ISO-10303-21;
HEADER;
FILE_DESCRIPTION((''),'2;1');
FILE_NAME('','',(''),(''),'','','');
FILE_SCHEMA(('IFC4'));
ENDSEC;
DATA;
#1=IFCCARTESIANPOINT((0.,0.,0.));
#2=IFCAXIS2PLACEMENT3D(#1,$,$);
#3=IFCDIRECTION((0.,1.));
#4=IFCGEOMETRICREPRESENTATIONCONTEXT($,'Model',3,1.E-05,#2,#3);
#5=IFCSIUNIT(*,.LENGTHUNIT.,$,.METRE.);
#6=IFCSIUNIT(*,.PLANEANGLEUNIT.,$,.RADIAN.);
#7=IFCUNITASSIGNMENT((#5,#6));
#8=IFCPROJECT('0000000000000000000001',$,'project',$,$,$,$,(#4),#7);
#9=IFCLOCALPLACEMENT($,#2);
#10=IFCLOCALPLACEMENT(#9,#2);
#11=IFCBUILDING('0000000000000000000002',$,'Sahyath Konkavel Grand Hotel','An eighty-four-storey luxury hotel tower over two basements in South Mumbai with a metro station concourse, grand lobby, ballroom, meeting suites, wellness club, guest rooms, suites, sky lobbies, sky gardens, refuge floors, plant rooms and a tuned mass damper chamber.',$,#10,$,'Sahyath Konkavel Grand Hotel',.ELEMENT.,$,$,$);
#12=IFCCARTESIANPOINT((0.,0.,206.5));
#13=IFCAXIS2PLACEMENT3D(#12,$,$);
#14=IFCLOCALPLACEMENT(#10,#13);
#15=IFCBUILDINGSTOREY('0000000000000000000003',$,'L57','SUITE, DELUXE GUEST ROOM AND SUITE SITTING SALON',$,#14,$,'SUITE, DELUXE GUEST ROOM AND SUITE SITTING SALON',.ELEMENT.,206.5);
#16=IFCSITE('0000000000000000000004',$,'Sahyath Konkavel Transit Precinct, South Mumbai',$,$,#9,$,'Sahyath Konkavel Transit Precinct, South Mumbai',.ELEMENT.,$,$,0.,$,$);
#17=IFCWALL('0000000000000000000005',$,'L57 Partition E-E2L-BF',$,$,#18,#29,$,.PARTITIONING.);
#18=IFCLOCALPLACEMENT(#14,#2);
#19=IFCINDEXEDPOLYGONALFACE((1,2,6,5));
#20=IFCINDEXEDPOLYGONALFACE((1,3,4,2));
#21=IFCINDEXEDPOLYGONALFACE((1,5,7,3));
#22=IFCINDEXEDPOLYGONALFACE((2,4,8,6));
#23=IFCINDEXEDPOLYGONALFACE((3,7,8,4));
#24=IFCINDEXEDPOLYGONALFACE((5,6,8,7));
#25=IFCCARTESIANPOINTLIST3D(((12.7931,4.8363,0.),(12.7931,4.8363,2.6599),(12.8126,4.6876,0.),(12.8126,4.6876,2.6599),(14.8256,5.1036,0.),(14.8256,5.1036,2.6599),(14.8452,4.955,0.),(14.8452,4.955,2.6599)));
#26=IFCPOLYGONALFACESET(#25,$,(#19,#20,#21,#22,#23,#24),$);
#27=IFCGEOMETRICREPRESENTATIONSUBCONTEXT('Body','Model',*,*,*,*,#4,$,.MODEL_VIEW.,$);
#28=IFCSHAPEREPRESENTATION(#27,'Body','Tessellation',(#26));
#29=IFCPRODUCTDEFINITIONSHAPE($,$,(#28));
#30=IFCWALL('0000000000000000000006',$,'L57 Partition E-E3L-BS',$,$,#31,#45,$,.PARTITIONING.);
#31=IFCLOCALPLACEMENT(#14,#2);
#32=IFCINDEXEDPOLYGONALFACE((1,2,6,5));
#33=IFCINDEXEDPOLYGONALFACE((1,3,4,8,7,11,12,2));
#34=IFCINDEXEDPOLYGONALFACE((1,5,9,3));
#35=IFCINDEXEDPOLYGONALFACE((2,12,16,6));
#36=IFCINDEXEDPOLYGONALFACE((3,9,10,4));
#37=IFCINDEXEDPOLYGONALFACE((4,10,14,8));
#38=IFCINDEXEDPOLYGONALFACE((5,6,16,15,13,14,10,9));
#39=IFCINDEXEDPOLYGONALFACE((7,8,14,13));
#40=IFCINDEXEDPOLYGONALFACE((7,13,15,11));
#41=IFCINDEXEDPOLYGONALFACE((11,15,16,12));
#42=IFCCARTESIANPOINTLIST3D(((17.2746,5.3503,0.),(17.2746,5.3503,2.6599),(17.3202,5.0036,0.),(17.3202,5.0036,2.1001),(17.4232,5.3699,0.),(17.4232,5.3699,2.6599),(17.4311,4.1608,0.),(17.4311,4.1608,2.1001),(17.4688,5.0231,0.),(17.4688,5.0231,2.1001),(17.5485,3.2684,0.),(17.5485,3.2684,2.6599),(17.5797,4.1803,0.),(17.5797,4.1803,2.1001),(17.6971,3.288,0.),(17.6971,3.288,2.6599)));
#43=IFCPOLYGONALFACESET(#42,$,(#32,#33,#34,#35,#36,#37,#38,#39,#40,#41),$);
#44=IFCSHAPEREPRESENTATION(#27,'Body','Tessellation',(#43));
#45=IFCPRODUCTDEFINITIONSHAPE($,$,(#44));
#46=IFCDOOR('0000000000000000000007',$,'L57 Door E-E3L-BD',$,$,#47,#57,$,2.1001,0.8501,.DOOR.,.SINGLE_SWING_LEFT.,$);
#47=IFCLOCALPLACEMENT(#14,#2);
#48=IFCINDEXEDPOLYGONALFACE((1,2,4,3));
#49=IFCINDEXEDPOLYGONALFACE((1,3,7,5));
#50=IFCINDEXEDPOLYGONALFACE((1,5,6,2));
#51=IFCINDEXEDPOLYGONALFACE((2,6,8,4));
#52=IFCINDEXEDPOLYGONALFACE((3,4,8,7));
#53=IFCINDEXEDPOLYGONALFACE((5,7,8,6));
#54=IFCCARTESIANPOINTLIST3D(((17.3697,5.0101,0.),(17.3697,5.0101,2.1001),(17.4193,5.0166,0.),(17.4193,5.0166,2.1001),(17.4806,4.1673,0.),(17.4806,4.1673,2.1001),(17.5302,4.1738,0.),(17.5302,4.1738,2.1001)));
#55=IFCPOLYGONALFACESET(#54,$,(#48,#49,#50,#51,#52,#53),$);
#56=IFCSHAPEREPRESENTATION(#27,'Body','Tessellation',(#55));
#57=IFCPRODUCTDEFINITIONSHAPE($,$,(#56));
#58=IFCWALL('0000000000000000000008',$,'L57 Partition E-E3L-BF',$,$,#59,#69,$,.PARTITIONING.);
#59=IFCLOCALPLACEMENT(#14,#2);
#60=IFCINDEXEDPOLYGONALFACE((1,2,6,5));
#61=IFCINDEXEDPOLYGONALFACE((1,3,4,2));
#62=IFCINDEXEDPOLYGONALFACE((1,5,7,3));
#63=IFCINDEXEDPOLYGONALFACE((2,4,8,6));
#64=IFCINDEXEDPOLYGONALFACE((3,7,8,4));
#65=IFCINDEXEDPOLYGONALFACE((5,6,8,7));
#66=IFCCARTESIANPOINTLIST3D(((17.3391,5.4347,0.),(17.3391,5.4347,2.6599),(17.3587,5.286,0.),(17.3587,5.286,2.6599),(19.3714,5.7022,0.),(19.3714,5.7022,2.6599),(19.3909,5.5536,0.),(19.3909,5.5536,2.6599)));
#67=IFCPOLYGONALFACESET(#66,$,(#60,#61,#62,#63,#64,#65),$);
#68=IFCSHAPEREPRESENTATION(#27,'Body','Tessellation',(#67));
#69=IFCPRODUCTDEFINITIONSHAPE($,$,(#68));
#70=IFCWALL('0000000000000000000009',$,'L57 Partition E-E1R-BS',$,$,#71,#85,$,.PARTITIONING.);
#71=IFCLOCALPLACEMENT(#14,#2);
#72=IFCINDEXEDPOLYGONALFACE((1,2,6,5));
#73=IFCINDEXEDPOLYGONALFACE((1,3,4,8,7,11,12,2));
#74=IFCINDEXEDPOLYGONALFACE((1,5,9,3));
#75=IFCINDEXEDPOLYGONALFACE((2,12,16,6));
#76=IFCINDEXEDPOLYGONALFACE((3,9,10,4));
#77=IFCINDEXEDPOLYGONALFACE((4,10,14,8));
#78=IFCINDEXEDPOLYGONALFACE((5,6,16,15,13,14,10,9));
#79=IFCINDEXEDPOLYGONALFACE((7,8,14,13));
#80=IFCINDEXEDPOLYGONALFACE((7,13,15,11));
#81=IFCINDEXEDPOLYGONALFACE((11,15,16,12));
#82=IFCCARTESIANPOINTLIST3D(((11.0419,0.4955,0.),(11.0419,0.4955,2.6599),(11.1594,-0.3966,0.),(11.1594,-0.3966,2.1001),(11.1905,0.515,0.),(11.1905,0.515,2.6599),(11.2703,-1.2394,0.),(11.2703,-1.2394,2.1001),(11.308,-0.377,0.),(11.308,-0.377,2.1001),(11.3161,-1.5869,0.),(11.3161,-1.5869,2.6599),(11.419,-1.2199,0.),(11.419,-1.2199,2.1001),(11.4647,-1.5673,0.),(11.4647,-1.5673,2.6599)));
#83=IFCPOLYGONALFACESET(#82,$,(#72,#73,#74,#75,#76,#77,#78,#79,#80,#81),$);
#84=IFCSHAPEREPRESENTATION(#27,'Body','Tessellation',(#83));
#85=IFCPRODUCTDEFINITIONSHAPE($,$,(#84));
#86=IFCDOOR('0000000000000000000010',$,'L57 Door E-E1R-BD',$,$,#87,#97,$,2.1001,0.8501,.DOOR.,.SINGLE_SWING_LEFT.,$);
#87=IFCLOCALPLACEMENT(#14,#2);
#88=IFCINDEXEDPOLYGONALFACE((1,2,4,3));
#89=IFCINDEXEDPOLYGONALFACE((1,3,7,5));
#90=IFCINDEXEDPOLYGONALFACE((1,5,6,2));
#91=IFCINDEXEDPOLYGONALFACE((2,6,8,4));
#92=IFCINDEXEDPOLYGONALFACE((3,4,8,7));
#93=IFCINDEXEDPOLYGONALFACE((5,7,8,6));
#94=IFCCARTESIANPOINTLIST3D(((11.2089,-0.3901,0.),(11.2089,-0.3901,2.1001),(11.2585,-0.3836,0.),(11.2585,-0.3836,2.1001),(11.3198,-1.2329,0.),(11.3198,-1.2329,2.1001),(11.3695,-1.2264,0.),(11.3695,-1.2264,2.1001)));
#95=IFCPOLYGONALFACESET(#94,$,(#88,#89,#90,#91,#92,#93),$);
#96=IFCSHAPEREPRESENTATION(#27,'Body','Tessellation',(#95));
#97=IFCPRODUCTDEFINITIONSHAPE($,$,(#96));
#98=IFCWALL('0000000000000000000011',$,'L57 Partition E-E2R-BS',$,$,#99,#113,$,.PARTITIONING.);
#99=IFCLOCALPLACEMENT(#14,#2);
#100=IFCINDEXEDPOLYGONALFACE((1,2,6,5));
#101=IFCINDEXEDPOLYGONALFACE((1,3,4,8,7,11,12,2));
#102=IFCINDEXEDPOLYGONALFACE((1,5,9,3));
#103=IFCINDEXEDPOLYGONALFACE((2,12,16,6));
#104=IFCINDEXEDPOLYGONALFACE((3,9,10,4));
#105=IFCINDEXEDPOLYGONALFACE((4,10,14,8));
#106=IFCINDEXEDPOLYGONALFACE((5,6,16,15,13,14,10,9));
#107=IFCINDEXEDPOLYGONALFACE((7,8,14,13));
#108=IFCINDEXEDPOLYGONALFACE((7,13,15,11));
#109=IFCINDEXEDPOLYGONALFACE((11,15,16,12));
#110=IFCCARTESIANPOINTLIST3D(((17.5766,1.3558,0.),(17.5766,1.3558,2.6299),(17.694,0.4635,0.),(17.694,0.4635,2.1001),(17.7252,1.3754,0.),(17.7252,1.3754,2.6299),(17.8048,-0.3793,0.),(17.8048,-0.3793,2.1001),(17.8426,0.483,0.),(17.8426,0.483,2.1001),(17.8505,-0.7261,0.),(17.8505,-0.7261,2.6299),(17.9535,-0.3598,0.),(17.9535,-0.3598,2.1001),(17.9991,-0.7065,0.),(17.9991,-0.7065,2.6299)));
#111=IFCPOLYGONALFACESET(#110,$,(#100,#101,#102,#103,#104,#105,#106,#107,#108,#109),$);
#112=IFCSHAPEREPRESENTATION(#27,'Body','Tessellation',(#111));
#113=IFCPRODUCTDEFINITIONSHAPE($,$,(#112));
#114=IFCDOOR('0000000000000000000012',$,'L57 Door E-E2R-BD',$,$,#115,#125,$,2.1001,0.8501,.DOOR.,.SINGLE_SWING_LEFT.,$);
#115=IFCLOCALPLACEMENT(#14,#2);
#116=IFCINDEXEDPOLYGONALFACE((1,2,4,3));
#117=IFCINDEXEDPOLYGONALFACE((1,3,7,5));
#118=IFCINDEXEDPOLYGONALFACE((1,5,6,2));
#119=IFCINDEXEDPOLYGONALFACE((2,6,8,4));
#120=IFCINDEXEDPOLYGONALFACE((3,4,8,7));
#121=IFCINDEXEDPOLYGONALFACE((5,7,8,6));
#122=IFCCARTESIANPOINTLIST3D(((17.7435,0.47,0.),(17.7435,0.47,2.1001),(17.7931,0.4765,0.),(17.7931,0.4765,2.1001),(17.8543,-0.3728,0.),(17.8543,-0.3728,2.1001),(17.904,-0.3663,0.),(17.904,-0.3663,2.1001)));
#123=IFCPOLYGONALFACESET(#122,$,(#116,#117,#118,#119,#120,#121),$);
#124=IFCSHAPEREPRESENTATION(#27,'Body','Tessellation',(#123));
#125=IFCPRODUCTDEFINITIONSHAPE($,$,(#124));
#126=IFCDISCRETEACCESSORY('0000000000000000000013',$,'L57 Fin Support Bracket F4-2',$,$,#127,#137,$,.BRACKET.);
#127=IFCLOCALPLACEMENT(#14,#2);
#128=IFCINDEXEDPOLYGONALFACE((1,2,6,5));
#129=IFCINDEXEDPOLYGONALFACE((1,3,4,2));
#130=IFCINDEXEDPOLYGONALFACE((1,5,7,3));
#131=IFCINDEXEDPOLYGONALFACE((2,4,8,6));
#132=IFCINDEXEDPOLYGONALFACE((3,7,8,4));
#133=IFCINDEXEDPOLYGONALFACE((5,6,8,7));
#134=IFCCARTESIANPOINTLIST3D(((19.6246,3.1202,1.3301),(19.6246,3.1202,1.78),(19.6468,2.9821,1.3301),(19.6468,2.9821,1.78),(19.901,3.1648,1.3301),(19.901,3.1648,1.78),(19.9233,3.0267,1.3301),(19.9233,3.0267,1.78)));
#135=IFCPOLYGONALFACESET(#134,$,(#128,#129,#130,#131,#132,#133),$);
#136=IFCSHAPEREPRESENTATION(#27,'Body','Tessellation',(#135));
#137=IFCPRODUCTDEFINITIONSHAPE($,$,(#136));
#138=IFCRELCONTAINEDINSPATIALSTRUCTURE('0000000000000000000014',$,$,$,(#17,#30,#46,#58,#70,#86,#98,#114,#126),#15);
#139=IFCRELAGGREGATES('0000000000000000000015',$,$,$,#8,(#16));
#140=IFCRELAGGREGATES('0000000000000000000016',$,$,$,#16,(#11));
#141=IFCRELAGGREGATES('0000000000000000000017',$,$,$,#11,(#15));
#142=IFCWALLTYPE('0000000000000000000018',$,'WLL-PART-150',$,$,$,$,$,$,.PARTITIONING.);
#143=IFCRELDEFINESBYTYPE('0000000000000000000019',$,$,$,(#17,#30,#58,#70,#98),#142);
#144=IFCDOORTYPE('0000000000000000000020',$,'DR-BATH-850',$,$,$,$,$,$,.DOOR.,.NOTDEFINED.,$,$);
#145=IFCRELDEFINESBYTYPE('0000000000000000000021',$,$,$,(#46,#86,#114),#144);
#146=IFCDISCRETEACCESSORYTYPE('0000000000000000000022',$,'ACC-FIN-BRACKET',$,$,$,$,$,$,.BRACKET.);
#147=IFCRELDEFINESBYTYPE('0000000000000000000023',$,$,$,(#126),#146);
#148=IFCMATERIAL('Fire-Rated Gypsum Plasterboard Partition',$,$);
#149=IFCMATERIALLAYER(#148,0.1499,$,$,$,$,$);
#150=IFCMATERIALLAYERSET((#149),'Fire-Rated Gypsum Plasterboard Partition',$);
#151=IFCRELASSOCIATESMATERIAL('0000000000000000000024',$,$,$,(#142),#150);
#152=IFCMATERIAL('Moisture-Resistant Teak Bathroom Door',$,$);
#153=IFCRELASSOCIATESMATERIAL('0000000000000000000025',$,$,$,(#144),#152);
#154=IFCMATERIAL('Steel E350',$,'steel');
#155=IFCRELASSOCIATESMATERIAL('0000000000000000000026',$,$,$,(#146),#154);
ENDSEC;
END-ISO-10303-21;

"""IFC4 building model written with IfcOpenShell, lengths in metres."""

from ifc_helpers import new_model, si_unit, direction, frame, frame_2d, origin, origin_2d, place, context, subcontext, project, spatial, rectangle, extrude, source, transform, mapped, material, layer, layer_set, type_object, element, fill, save


model = new_model("IFC4")

# Units and contexts
model_context = context("Model", 3, precision=1e-05, world=origin(), true_north=direction((0.0, 1.0)))
body_context = subcontext(model_context, "Body", "Model", "MODEL_VIEW")
ifc_project = project(units=[si_unit("LENGTHUNIT", "METRE"), si_unit("PLANEANGLEUNIT", "RADIAN")], contexts=[model_context])

# Site, building, storey
site_placement = place(None, origin())
site = spatial("IfcSite", under=ifc_project, at=site_placement, Name="Sahyath Konkavel Transit Precinct, South Mumbai", LongName="Sahyath Konkavel Transit Precinct, South Mumbai", CompositionType="ELEMENT", RefElevation=0.0)
building_placement = place(site_placement, origin())
building = spatial("IfcBuilding", under=site, at=building_placement, Name="Sahyath Konkavel Grand Hotel", Description="An eighty-four-storey luxury hotel tower over two basements in South Mumbai with a metro station concourse, grand lobby, ballroom, meeting suites, wellness club, guest rooms, suites, sky lobbies, sky gardens, refuge floors, plant rooms and a tuned mass damper chamber.", LongName="Sahyath Konkavel Grand Hotel", CompositionType="ELEMENT")
storey_placement = place(building_placement, frame((0.0, 0.0, 206.5)))
storey = spatial("IfcBuildingStorey", under=building, at=storey_placement, Name="L57", Description="SUITE, DELUXE GUEST ROOM AND SUITE SITTING SALON", LongName="SUITE, DELUXE GUEST ROOM AND SUITE SITTING SALON", CompositionType="ELEMENT", Elevation=206.5)

# Shared definitions
ifc_material_1 = material(Name="Steel E350", Category="steel")

# Shared definitions
ifc_material_2 = material(Name="Fire-Rated Gypsum Plasterboard Partition")
ifc_layer_1 = layer(ifc_material_2, 0.1499)
ifc_layer_set_1 = layer_set([ifc_layer_1], Name="Fire-Rated Gypsum Plasterboard Partition")
wall_type_1 = type_object("IfcWallType", Name="WLL-PART-150", PredefinedType="PARTITIONING", material=ifc_layer_set_1)
ifc_material_3 = material(Name="Moisture-Resistant Teak Bathroom Door")
door_type = type_object("IfcDoorType", Name="DR-BATH-850", OperationType="NOTDEFINED", PredefinedType="DOOR", material=ifc_material_3)
shared_shape_1 = source(origin(), body_context, "Body", "SweptSolid", [
    extrude(rectangle(XDim=0.8501, YDim=0.05, at=origin_2d()), origin(), (0.0, 0.0, 1.0), 2.1001),
])

# Wall
wall_1_placement = place(storey_placement, frame((12.803, 4.762, 0.0), z_axis=(0.0, 0.0, 1.0), x_axis=(0.99146, 0.130408, 0.0)))
element("IfcWall", 1, at=wall_1_placement, inside=storey, type_object=wall_type_1, Name="L57 Partition E-E2L-BF", PredefinedType="PARTITIONING", context=body_context, shape_type="SweptSolid", body=[
    extrude(rectangle(XDim=2.05, YDim=0.1499, at=frame_2d((1.0249, 0.0))), origin(), (0.0, 0.0, 1.0), 2.6599),
])

# Wall, opening, door
wall_2_placement = place(storey_placement, frame((17.6228, 3.2783, 0.0), z_axis=(0.0, 0.0, 1.0), x_axis=(-0.130442, 0.991456, 0.0)))
wall_2 = element("IfcWall", 2, at=wall_2_placement, inside=storey, type_object=wall_type_1, Name="L57 Partition E-E3L-BS", PredefinedType="PARTITIONING", context=body_context, shape_type="SweptSolid", body=[
    extrude(rectangle(XDim=2.0999, YDim=0.1499, at=frame_2d((1.0498, 0.0))), origin(), (0.0, 0.0, 1.0), 2.6599),
])
opening_1_placement = place(wall_2_placement, frame((0.8999, 0.0, 0.0)))
opening_1 = element("IfcOpeningElement", 3, at=opening_1_placement, cuts=wall_2, PredefinedType="OPENING", context=body_context, shape_type="SweptSolid", body=[
    extrude(rectangle(XDim=0.8501, YDim=2.1001, at=frame_2d((0.425, 1.05))), frame((0.0, 0.085, 0.0), z_axis=(0.0, -1.0, 0.0), x_axis=(1.0, 0.0, 0.0)), (0.0, 0.0, 1.0), 0.1699),
])
door_1_placement = place(opening_1_placement, frame((0.425, 0.0, 0.0)))
door_1 = element("IfcDoor", 4, at=door_1_placement, inside=storey, type_object=door_type, Name="L57 Door E-E3L-BD", OperationType="SINGLE_SWING_LEFT", OverallHeight=2.1001, OverallWidth=0.8501, PredefinedType="DOOR", context=body_context, shape_type="MappedRepresentation", body=[
    mapped(shared_shape_1, transform((0.0, 0.0, 0.0), scale=1.0)),
])
fill(opening_1, door_1)

# Wall
wall_3_placement = place(storey_placement, frame((17.3489, 5.3604, 0.0), z_axis=(0.0, 0.0, 1.0), x_axis=(0.991443, 0.130541, 0.0)))
element("IfcWall", 5, at=wall_3_placement, inside=storey, type_object=wall_type_1, Name="L57 Partition E-E3L-BF", PredefinedType="PARTITIONING", context=body_context, shape_type="SweptSolid", body=[
    extrude(rectangle(XDim=2.0498, YDim=0.1499, at=frame_2d((1.0249, 0.0))), origin(), (0.0, 0.0, 1.0), 2.6599),
])

# Walls, openings, doors
wall_4_placement = place(storey_placement, frame((11.1162, 0.5054, 0.0), z_axis=(0.0, 0.0, 1.0), x_axis=(0.130542, -0.991443, 0.0)))
wall_4 = element("IfcWall", 6, at=wall_4_placement, inside=storey, type_object=wall_type_1, Name="L57 Partition E-E1R-BS", PredefinedType="PARTITIONING", context=body_context, shape_type="SweptSolid", body=[
    extrude(rectangle(XDim=2.1003, YDim=0.1499, at=frame_2d((1.0503, 0.0))), origin(), (0.0, 0.0, 1.0), 2.6599),
])
opening_2_placement = place(wall_4_placement, frame((0.8999, 0.0, 0.0)))
opening_2 = element("IfcOpeningElement", 7, at=opening_2_placement, cuts=wall_4, PredefinedType="OPENING", context=body_context, shape_type="SweptSolid", body=[
    extrude(rectangle(XDim=0.8501, YDim=2.1001, at=frame_2d((0.425, 1.05))), frame((0.0, 0.085, 0.0), z_axis=(0.0, -1.0, 0.0), x_axis=(1.0, 0.0, 0.0)), (0.0, 0.0, 1.0), 0.1699),
])
door_2_placement = place(opening_2_placement, frame((0.425, 0.0, 0.0)))
door_2 = element("IfcDoor", 8, at=door_2_placement, inside=storey, type_object=door_type, Name="L57 Door E-E1R-BD", OperationType="SINGLE_SWING_LEFT", OverallHeight=2.1001, OverallWidth=0.8501, PredefinedType="DOOR", context=body_context, shape_type="MappedRepresentation", body=[
    mapped(shared_shape_1, transform((0.0, 0.0, 0.0), scale=1.0)),
])
fill(opening_2, door_2)
wall_5_placement = place(storey_placement, frame((17.6509, 1.3655, 0.0), z_axis=(0.0, 0.0, 1.0), x_axis=(0.130442, -0.991456, 0.0)))
wall_5 = element("IfcWall", 9, at=wall_5_placement, inside=storey, type_object=wall_type_1, Name="L57 Partition E-E2R-BS", PredefinedType="PARTITIONING", context=body_context, shape_type="SweptSolid", body=[
    extrude(rectangle(XDim=2.0999, YDim=0.1499, at=frame_2d((1.0498, 0.0))), origin(), (0.0, 0.0, 1.0), 2.6299),
])
opening_3_placement = place(wall_5_placement, frame((0.8999, 0.0, 0.0)))
opening_3 = element("IfcOpeningElement", 10, at=opening_3_placement, cuts=wall_5, PredefinedType="OPENING", context=body_context, shape_type="SweptSolid", body=[
    extrude(rectangle(XDim=0.8501, YDim=2.1001, at=frame_2d((0.425, 1.05))), frame((0.0, 0.085, 0.0), z_axis=(0.0, -1.0, 0.0), x_axis=(1.0, 0.0, 0.0)), (0.0, 0.0, 1.0), 0.1699),
])
door_3_placement = place(opening_3_placement, frame((0.425, 0.0, 0.0)))
door_3 = element("IfcDoor", 11, at=door_3_placement, inside=storey, type_object=door_type, Name="L57 Door E-E2R-BD", OperationType="SINGLE_SWING_LEFT", OverallHeight=2.1001, OverallWidth=0.8501, PredefinedType="DOOR", context=body_context, shape_type="MappedRepresentation", body=[
    mapped(shared_shape_1, transform((0.0, 0.0, 0.0), scale=1.0)),
])
fill(opening_3, door_3)

# Discrete accessory
discrete_accessory_type = type_object("IfcDiscreteAccessoryType", Name="ACC-FIN-BRACKET", PredefinedType="BRACKET", material=ifc_material_1)
shared_shape_2 = source(origin(), body_context, "Body", "SweptSolid", [
    extrude(rectangle(XDim=0.28, YDim=0.1399, at=origin_2d()), origin(), (0.0, 0.0, 1.0), 0.45),
])
discrete_accessory_placement = place(storey_placement, frame((19.7739, 3.0735, 1.3301), z_axis=(0.0, 0.0, 1.0), x_axis=(0.987231, 0.159295, 0.0)))
element("IfcDiscreteAccessory", 12, at=discrete_accessory_placement, inside=storey, type_object=discrete_accessory_type, Name="L57 Fin Support Bracket F4-2", PredefinedType="BRACKET", context=body_context, shape_type="MappedRepresentation", body=[
    mapped(shared_shape_2, transform((0.0, 0.0, 0.0), scale=1.0)),
])

save(model, "model.ifc")
